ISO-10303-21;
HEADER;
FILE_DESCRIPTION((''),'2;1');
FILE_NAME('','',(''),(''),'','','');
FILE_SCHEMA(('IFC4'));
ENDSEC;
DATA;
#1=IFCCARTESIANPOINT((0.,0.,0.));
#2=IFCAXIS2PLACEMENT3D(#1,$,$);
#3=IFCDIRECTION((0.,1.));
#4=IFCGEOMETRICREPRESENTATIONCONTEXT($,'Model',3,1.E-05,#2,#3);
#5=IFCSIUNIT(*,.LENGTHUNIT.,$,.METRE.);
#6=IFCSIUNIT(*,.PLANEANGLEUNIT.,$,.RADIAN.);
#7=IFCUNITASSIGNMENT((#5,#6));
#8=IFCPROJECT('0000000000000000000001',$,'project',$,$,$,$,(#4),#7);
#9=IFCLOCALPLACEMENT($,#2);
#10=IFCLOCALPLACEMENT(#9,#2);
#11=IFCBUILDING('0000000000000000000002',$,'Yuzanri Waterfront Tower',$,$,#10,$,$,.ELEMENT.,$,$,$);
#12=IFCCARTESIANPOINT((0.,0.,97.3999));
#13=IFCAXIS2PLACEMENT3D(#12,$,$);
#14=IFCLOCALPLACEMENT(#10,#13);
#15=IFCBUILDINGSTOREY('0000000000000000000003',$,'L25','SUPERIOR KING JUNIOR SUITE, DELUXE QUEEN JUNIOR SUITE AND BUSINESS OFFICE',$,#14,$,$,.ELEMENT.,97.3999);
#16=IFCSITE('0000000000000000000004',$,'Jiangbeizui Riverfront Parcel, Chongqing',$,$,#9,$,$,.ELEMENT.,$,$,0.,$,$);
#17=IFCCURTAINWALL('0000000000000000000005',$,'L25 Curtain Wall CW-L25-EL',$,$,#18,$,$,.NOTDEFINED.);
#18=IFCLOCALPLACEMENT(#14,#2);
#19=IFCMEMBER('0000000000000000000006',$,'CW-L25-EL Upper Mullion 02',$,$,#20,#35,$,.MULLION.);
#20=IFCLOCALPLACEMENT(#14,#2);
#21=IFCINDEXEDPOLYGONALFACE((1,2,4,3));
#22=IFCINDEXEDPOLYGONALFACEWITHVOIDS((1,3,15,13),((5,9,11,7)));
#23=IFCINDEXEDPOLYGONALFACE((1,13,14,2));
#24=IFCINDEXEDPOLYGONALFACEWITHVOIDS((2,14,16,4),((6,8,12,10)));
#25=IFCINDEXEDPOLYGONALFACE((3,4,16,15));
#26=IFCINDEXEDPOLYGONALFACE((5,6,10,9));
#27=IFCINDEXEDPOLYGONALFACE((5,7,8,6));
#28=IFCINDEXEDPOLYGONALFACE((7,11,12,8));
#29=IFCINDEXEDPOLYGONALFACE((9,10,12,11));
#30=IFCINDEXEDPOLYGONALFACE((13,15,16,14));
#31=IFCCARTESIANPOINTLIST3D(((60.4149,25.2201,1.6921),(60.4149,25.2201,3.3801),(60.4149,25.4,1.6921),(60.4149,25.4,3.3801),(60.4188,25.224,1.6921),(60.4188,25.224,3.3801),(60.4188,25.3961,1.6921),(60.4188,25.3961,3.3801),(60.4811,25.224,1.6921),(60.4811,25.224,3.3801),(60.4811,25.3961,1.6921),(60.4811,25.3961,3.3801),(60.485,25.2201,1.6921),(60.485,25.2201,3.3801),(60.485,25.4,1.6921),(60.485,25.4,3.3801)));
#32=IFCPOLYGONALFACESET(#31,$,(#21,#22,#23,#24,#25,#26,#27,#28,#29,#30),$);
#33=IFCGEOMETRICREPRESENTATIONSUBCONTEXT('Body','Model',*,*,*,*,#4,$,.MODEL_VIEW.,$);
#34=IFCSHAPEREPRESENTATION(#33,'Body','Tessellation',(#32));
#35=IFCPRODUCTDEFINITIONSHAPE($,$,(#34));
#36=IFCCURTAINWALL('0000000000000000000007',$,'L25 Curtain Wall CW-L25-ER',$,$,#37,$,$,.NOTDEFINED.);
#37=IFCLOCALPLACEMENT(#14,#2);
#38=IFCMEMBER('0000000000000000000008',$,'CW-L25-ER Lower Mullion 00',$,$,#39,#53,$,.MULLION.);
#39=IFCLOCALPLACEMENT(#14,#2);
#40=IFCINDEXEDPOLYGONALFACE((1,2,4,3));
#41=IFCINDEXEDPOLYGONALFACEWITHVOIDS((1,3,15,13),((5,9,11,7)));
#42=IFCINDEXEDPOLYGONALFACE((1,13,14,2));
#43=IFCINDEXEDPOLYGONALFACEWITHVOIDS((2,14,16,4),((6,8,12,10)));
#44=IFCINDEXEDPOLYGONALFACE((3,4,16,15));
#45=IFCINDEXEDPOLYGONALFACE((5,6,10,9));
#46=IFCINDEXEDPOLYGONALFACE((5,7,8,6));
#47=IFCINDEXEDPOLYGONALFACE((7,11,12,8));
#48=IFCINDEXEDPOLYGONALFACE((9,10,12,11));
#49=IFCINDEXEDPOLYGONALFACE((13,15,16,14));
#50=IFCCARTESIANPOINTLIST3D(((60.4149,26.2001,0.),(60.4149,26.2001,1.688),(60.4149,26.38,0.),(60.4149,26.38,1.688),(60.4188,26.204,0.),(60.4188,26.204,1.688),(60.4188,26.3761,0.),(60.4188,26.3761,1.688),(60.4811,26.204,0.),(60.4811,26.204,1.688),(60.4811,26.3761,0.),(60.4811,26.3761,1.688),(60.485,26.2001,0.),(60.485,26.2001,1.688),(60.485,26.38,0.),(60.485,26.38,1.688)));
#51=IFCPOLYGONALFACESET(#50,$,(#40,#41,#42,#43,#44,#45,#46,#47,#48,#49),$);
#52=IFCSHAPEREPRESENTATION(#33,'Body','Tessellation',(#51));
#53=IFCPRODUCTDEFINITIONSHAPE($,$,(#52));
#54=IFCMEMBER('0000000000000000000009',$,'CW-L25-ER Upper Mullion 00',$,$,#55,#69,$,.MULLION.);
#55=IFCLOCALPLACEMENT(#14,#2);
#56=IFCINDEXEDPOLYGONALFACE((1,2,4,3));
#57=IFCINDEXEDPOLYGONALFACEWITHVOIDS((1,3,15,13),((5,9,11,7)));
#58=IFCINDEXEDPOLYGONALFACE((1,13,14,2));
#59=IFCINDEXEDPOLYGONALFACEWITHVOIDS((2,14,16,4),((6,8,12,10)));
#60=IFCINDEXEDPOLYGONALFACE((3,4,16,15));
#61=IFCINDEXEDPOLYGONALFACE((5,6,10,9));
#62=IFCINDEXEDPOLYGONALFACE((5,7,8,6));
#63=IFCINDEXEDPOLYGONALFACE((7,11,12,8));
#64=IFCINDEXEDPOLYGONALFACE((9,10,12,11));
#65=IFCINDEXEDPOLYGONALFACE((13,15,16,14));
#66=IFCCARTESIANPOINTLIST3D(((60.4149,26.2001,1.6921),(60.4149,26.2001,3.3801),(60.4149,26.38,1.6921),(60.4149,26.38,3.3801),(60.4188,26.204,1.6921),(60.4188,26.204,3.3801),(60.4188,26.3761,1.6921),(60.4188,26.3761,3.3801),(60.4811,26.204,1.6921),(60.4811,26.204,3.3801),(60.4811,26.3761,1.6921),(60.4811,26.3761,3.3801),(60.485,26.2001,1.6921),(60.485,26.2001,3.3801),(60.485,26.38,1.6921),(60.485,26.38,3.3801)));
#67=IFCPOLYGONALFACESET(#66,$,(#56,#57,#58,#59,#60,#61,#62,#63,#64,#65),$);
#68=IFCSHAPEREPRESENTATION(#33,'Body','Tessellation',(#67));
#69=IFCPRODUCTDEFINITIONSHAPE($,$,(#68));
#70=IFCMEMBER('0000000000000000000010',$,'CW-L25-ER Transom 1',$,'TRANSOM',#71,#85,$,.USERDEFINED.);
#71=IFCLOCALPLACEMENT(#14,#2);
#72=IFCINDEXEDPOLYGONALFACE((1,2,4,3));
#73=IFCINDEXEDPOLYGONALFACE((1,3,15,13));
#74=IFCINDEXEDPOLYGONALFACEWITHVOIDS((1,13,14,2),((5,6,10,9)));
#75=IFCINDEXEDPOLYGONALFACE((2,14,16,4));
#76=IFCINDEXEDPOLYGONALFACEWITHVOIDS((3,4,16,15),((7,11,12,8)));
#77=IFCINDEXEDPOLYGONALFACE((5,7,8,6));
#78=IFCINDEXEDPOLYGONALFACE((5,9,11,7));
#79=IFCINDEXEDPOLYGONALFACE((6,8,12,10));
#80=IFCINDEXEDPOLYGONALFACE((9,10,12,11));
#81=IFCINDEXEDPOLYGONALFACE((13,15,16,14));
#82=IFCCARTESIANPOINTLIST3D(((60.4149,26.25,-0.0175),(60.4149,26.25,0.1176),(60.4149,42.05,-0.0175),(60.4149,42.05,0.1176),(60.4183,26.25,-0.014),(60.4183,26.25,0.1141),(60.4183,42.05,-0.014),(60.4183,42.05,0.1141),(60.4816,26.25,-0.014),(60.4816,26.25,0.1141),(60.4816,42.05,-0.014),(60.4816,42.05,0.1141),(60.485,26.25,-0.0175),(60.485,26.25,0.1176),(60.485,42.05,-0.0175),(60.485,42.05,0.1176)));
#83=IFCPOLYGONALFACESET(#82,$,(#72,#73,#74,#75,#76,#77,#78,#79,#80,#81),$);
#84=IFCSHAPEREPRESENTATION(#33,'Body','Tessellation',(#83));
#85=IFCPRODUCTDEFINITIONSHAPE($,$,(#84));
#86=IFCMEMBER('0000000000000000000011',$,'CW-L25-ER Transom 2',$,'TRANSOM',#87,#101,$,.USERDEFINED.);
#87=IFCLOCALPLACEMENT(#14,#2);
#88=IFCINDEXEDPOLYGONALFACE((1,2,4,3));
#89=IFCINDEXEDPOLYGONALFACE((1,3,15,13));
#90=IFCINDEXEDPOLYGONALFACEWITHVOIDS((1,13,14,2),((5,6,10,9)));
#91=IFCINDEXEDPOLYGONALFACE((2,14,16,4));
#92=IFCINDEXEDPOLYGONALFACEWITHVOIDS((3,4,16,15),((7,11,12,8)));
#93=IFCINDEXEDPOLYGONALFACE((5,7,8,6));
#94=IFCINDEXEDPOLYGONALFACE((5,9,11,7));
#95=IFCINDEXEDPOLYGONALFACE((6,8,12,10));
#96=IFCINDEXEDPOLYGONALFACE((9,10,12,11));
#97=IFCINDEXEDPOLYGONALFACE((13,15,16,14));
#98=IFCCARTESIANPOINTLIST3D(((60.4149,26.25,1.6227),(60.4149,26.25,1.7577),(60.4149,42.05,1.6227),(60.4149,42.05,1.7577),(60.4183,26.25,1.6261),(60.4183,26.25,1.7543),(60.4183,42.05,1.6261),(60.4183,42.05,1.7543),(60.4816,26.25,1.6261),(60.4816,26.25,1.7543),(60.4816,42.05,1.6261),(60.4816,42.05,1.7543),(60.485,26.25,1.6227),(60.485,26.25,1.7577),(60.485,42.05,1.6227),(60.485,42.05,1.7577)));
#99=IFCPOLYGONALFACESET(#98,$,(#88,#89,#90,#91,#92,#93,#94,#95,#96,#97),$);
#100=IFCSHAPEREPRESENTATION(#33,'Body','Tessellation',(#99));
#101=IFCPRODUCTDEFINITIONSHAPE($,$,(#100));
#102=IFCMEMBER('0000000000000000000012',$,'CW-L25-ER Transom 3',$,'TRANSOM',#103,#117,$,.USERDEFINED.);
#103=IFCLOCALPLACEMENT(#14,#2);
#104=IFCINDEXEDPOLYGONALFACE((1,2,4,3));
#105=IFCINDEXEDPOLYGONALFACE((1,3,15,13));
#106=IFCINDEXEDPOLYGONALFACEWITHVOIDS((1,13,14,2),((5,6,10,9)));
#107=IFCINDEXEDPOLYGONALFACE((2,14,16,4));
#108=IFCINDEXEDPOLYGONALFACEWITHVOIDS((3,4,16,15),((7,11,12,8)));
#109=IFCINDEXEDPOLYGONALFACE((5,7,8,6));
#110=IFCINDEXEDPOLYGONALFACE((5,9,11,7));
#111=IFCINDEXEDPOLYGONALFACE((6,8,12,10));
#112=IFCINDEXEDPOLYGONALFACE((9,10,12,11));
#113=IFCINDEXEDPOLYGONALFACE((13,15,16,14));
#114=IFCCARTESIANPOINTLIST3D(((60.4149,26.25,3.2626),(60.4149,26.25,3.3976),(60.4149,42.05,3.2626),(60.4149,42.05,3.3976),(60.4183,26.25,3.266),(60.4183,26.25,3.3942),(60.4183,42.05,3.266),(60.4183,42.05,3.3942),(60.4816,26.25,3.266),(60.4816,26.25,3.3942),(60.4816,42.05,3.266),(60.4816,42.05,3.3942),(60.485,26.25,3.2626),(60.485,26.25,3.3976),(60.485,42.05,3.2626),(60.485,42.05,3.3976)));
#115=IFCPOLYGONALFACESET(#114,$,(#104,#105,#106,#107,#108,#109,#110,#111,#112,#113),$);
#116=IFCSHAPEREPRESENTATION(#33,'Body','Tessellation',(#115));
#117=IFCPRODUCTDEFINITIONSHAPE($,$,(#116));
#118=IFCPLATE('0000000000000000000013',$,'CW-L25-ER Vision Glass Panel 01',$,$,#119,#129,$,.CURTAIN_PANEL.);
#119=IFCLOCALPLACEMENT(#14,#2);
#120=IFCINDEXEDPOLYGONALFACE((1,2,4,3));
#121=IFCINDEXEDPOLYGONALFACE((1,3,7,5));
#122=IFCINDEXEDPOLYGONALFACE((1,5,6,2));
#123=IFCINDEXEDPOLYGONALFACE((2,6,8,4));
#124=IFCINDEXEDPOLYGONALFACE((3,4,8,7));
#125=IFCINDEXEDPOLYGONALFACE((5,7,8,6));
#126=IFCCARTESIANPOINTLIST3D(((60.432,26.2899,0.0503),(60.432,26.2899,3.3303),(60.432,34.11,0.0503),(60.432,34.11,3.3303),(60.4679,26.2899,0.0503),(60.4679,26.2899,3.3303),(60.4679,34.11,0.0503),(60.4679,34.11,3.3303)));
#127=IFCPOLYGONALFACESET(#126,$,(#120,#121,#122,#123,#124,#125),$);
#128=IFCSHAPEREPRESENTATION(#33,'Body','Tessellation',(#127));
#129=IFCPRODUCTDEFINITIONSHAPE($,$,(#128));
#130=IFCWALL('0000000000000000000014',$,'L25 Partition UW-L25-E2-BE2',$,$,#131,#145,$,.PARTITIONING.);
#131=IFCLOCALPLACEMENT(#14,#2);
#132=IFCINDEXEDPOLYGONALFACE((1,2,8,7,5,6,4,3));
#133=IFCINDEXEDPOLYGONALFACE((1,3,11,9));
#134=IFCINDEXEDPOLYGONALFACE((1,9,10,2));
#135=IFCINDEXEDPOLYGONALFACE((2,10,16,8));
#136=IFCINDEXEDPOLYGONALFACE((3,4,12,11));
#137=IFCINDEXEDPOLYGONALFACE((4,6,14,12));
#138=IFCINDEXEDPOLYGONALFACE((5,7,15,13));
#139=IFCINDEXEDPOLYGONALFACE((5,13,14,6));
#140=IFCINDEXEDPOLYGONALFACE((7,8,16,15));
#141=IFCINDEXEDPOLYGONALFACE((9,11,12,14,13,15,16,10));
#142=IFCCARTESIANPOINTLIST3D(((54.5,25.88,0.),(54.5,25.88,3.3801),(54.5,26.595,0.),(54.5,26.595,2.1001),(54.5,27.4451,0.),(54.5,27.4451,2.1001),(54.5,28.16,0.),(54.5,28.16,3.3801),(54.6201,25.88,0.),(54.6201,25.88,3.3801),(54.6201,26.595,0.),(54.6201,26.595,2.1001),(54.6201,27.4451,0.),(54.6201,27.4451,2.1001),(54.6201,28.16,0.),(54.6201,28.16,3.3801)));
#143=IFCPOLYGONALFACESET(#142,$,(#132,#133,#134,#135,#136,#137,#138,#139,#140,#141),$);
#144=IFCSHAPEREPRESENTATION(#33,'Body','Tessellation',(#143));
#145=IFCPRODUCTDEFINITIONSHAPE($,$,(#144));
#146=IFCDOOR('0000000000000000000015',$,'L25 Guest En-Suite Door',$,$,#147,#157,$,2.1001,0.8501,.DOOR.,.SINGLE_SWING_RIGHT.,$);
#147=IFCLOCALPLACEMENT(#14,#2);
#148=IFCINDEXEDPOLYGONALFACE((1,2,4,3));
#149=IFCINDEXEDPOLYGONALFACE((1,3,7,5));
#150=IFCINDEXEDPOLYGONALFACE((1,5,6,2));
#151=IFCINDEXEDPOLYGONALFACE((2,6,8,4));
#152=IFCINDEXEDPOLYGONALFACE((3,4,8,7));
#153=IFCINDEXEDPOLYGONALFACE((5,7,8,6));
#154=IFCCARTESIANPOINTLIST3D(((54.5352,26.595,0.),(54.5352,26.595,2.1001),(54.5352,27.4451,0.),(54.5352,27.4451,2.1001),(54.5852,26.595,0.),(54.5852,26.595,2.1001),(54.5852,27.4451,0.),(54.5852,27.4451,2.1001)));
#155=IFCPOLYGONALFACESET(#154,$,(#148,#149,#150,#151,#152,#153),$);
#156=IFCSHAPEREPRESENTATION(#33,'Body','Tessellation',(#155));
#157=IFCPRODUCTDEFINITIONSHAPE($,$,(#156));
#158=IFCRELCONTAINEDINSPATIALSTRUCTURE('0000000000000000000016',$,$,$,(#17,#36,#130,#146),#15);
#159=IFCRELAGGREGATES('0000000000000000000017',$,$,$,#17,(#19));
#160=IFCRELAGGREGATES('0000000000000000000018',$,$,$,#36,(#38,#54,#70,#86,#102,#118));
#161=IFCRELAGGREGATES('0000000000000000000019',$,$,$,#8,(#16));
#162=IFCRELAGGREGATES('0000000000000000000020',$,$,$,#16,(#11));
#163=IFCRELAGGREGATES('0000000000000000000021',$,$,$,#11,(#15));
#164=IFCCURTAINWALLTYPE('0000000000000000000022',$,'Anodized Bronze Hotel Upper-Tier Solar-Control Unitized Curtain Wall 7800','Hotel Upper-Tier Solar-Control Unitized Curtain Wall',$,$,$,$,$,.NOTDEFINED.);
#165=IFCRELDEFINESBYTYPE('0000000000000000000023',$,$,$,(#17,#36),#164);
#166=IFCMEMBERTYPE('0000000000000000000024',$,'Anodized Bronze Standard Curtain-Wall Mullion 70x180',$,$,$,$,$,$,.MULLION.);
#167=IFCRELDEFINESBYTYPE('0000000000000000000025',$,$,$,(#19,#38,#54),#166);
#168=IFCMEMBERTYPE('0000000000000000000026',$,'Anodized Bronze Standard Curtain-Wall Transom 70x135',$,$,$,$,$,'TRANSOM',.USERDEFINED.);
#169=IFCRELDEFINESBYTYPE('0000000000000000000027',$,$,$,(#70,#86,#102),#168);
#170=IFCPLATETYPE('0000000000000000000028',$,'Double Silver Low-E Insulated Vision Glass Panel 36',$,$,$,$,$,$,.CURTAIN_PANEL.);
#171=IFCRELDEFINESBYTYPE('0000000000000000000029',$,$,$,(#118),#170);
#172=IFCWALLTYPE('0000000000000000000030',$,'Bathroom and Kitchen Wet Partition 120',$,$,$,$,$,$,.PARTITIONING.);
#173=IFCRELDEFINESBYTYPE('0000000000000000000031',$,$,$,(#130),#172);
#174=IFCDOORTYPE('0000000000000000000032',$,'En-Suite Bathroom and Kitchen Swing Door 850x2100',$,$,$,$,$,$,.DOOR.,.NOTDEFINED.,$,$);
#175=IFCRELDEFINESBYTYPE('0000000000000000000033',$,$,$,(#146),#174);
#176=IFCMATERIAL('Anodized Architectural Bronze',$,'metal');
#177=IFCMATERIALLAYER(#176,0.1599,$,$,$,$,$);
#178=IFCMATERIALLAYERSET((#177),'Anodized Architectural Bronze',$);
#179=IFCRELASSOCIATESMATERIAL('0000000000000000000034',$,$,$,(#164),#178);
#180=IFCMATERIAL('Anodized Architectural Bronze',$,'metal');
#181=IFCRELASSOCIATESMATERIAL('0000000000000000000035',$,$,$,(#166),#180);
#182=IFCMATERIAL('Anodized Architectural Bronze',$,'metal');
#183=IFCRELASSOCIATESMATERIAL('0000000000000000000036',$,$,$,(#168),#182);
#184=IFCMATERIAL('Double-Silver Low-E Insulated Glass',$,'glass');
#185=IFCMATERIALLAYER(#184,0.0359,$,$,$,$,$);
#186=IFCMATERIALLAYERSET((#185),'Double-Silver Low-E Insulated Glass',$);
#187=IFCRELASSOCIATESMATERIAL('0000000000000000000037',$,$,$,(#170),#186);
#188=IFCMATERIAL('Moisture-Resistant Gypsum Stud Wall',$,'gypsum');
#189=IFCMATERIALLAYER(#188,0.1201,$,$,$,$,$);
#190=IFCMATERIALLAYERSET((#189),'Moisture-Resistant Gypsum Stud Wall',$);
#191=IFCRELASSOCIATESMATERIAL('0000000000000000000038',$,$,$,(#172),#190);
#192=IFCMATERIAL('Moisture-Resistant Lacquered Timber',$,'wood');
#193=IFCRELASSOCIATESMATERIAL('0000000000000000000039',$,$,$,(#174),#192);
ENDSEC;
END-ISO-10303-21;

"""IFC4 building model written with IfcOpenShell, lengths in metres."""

from ifc_helpers import new_model, si_unit, direction, frame, frame_2d, origin, origin_2d, place, context, subcontext, project, spatial, rectangle, hollow_rectangle, extrude, source, transform, mapped, material, layer, layer_set, material_profile, profile_set, type_object, element, fill, aggregate, save


model = new_model("IFC4")

# Units and contexts
model_context = context("Model", 3, precision=1e-05, world=origin(), true_north=direction((0.0, 1.0)))
body_context = subcontext(model_context, "Body", "Model", "MODEL_VIEW")
ifc_project = project(units=[si_unit("LENGTHUNIT", "METRE"), si_unit("PLANEANGLEUNIT", "RADIAN")], contexts=[model_context])

# Site, building, storey
site_placement = place(None, origin())
site = spatial("IfcSite", under=ifc_project, at=site_placement, Name="Jiangbeizui Riverfront Parcel, Chongqing", CompositionType="ELEMENT", RefElevation=0.0)
building_placement = place(site_placement, origin())
building = spatial("IfcBuilding", under=site, at=building_placement, Name="Yuzanri Waterfront Tower", CompositionType="ELEMENT")
storey_placement = place(building_placement, frame((0.0, 0.0, 97.3999)))
storey = spatial("IfcBuildingStorey", under=building, at=storey_placement, Name="L25", Description="SUPERIOR KING JUNIOR SUITE, DELUXE QUEEN JUNIOR SUITE AND BUSINESS OFFICE", CompositionType="ELEMENT", Elevation=97.3999)

# Curtain wall, member
ifc_material_1 = material(Name="Anodized Architectural Bronze", Category="metal")
ifc_layer_1 = layer(ifc_material_1, 0.1599)
ifc_layer_set_1 = layer_set([ifc_layer_1], Name="Anodized Architectural Bronze")
curtain_wall_type = type_object("IfcCurtainWallType", Name="Anodized Bronze Hotel Upper-Tier Solar-Control Unitized Curtain Wall 7800", Description="Hotel Upper-Tier Solar-Control Unitized Curtain Wall", PredefinedType="NOTDEFINED", material=ifc_layer_set_1)
curtain_wall_1_placement = place(storey_placement, origin())
curtain_wall_1 = element("IfcCurtainWall", 1, at=curtain_wall_1_placement, inside=storey, type_object=curtain_wall_type, Name="L25 Curtain Wall CW-L25-EL", PredefinedType="NOTDEFINED")
ifc_material_2 = material(Name="Anodized Architectural Bronze", Category="metal")
ifc_material_profile_1 = material_profile(ifc_material_2, hollow_rectangle(XDim=0.0701, YDim=0.1799, WallThickness=0.0039, at=origin_2d()), Name="CWM 70x180")
ifc_profile_set_1 = profile_set([ifc_material_profile_1], Name="Anodized Architectural Bronze")
member_type_1 = type_object("IfcMemberType", Name="Anodized Bronze Standard Curtain-Wall Mullion 70x180", PredefinedType="MULLION", material=ifc_profile_set_1)
shared_shape_1 = source(origin(), body_context, "Body", "SweptSolid", [
    extrude(hollow_rectangle(XDim=0.0701, YDim=0.1799, WallThickness=0.0039, at=origin_2d()), origin(), (0.0, 0.0, 1.0), 1.688),
])
member_1_placement = place(storey_placement, frame((60.45, 25.3101, 1.6921), z_axis=(0.0, 0.0, 1.0), x_axis=(1.0, 0.0, 0.0)))
member_1 = element("IfcMember", 2, at=member_1_placement, type_object=member_type_1, Name="CW-L25-EL Upper Mullion 02", PredefinedType="MULLION", context=body_context, shape_type="MappedRepresentation", body=[
    mapped(shared_shape_1, transform((0.0, 0.0, 0.0), scale=1.0)),
])
aggregate(curtain_wall_1, [member_1])

# Curtain wall, members, plate
curtain_wall_2_placement = place(storey_placement, origin())
curtain_wall_2 = element("IfcCurtainWall", 3, at=curtain_wall_2_placement, inside=storey, type_object=curtain_wall_type, Name="L25 Curtain Wall CW-L25-ER", PredefinedType="NOTDEFINED")
member_2_placement = place(storey_placement, frame((60.45, 26.29, 0.0), z_axis=(0.0, 0.0, 1.0), x_axis=(1.0, 0.0, 0.0)))
member_2 = element("IfcMember", 4, at=member_2_placement, type_object=member_type_1, Name="CW-L25-ER Lower Mullion 00", PredefinedType="MULLION", context=body_context, shape_type="MappedRepresentation", body=[
    mapped(shared_shape_1, transform((0.0, 0.0, 0.0), scale=1.0)),
])
member_3_placement = place(storey_placement, frame((60.45, 26.29, 1.6921), z_axis=(0.0, 0.0, 1.0), x_axis=(1.0, 0.0, 0.0)))
member_3 = element("IfcMember", 5, at=member_3_placement, type_object=member_type_1, Name="CW-L25-ER Upper Mullion 00", PredefinedType="MULLION", context=body_context, shape_type="MappedRepresentation", body=[
    mapped(shared_shape_1, transform((0.0, 0.0, 0.0), scale=1.0)),
])
ifc_material_3 = material(Name="Anodized Architectural Bronze", Category="metal")
ifc_material_profile_2 = material_profile(ifc_material_3, hollow_rectangle(XDim=0.0701, YDim=0.135, WallThickness=0.0034, at=origin_2d()), Name="CWT 70x135")
ifc_profile_set_2 = profile_set([ifc_material_profile_2], Name="Anodized Architectural Bronze")
member_type_2 = type_object("IfcMemberType", Name="Anodized Bronze Standard Curtain-Wall Transom 70x135", ElementType="TRANSOM", PredefinedType="USERDEFINED", material=ifc_profile_set_2)
shared_shape_2 = source(origin(), body_context, "Body", "SweptSolid", [
    extrude(hollow_rectangle(XDim=0.0701, YDim=0.135, WallThickness=0.0034, at=origin_2d()), origin(), (0.0, 0.0, 1.0), 15.8),
])
member_4_placement = place(storey_placement, frame((60.45, 26.25, 0.05), z_axis=(0.0, 1.0, 0.0), x_axis=(-1.0, 0.0, 0.0)))
member_4 = element("IfcMember", 6, at=member_4_placement, type_object=member_type_2, Name="CW-L25-ER Transom 1", ObjectType="TRANSOM", PredefinedType="USERDEFINED", context=body_context, shape_type="MappedRepresentation", body=[
    mapped(shared_shape_2, transform((0.0, 0.0, 0.0), scale=1.0)),
])
member_5_placement = place(storey_placement, frame((60.45, 26.25, 1.6902), z_axis=(0.0, 1.0, 0.0), x_axis=(-1.0, 0.0, 0.0)))
member_5 = element("IfcMember", 7, at=member_5_placement, type_object=member_type_2, Name="CW-L25-ER Transom 2", ObjectType="TRANSOM", PredefinedType="USERDEFINED", context=body_context, shape_type="MappedRepresentation", body=[
    mapped(shared_shape_2, transform((0.0, 0.0, 0.0), scale=1.0)),
])
member_6_placement = place(storey_placement, frame((60.45, 26.25, 3.3301), z_axis=(0.0, 1.0, 0.0), x_axis=(-1.0, 0.0, 0.0)))
member_6 = element("IfcMember", 8, at=member_6_placement, type_object=member_type_2, Name="CW-L25-ER Transom 3", ObjectType="TRANSOM", PredefinedType="USERDEFINED", context=body_context, shape_type="MappedRepresentation", body=[
    mapped(shared_shape_2, transform((0.0, 0.0, 0.0), scale=1.0)),
])
ifc_material_4 = material(Name="Double-Silver Low-E Insulated Glass", Category="glass")
ifc_layer_2 = layer(ifc_material_4, 0.0359)
ifc_layer_set_2 = layer_set([ifc_layer_2], Name="Double-Silver Low-E Insulated Glass")
plate_type = type_object("IfcPlateType", Name="Double Silver Low-E Insulated Vision Glass Panel 36", PredefinedType="CURTAIN_PANEL", material=ifc_layer_set_2)
shared_shape_3 = source(origin(), body_context, "Body", "SweptSolid", [
    extrude(rectangle(XDim=7.8201, YDim=0.0359, at=origin_2d()), origin(), (0.0, 0.0, 1.0), 3.28),
])
plate_placement = place(storey_placement, frame((60.45, 30.2, 0.0503), z_axis=(0.0, 0.0, 1.0), x_axis=(0.0, 1.0, 0.0)))
plate = element("IfcPlate", 9, at=plate_placement, type_object=plate_type, Name="CW-L25-ER Vision Glass Panel 01", PredefinedType="CURTAIN_PANEL", context=body_context, shape_type="MappedRepresentation", body=[
    mapped(shared_shape_3, transform((0.0, 0.0, 0.0), scale=1.0)),
])
aggregate(curtain_wall_2, [member_2, member_3, member_4, member_5, member_6, plate])

# Wall, opening, door
ifc_material_5 = material(Name="Moisture-Resistant Gypsum Stud Wall", Category="gypsum")
ifc_layer_3 = layer(ifc_material_5, 0.1201)
ifc_layer_set_3 = layer_set([ifc_layer_3], Name="Moisture-Resistant Gypsum Stud Wall")
wall_type_1 = type_object("IfcWallType", Name="Bathroom and Kitchen Wet Partition 120", PredefinedType="PARTITIONING", material=ifc_layer_set_3)
wall_1_placement = place(storey_placement, frame((54.5601, 25.8799, 0.0), z_axis=(0.0, 0.0, 1.0), x_axis=(0.0, 1.0, 0.0)))
wall_1 = element("IfcWall", 10, at=wall_1_placement, inside=storey, type_object=wall_type_1, Name="L25 Partition UW-L25-E2-BE2", PredefinedType="PARTITIONING", context=body_context, shape_type="SweptSolid", body=[
    extrude(rectangle(XDim=2.28, YDim=0.1201, at=frame_2d((1.1401, 0.0))), origin(), (0.0, 0.0, 1.0), 3.3801),
])
opening_1_placement = place(wall_1_placement, frame((0.7151, 0.0, 0.0)))
opening_1 = element("IfcOpeningElement", 11, at=opening_1_placement, cuts=wall_1, PredefinedType="OPENING", context=body_context, shape_type="SweptSolid", body=[
    extrude(rectangle(XDim=0.8501, YDim=2.1001, at=frame_2d((0.425, 1.05))), frame((0.0, 0.075, 0.0), z_axis=(0.0, -1.0, 0.0), x_axis=(1.0, 0.0, 0.0)), (0.0, 0.0, 1.0), 0.1499),
])
ifc_material_6 = material(Name="Moisture-Resistant Lacquered Timber", Category="wood")
door_type_1 = type_object("IfcDoorType", Name="En-Suite Bathroom and Kitchen Swing Door 850x2100", OperationType="NOTDEFINED", PredefinedType="DOOR", material=ifc_material_6)
shared_shape_4 = source(origin(), body_context, "Body", "SweptSolid", [
    extrude(rectangle(XDim=0.8501, YDim=2.1001, at=frame_2d((0.425, 1.05))), frame((0.0, 0.0249, 0.0), z_axis=(0.0, -1.0, 0.0), x_axis=(1.0, 0.0, 0.0)), (0.0, 0.0, 1.0), 0.05),
])
door_1_placement = place(opening_1_placement, origin())
door_1 = element("IfcDoor", 12, at=door_1_placement, inside=storey, type_object=door_type_1, Name="L25 Guest En-Suite Door", OperationType="SINGLE_SWING_RIGHT", OverallHeight=2.1001, OverallWidth=0.8501, PredefinedType="DOOR", context=body_context, shape_type="MappedRepresentation", body=[
    mapped(shared_shape_4, transform((0.0, 0.0, 0.0), scale=1.0)),
])
fill(opening_1, door_1)

save(model, "model.ifc")
